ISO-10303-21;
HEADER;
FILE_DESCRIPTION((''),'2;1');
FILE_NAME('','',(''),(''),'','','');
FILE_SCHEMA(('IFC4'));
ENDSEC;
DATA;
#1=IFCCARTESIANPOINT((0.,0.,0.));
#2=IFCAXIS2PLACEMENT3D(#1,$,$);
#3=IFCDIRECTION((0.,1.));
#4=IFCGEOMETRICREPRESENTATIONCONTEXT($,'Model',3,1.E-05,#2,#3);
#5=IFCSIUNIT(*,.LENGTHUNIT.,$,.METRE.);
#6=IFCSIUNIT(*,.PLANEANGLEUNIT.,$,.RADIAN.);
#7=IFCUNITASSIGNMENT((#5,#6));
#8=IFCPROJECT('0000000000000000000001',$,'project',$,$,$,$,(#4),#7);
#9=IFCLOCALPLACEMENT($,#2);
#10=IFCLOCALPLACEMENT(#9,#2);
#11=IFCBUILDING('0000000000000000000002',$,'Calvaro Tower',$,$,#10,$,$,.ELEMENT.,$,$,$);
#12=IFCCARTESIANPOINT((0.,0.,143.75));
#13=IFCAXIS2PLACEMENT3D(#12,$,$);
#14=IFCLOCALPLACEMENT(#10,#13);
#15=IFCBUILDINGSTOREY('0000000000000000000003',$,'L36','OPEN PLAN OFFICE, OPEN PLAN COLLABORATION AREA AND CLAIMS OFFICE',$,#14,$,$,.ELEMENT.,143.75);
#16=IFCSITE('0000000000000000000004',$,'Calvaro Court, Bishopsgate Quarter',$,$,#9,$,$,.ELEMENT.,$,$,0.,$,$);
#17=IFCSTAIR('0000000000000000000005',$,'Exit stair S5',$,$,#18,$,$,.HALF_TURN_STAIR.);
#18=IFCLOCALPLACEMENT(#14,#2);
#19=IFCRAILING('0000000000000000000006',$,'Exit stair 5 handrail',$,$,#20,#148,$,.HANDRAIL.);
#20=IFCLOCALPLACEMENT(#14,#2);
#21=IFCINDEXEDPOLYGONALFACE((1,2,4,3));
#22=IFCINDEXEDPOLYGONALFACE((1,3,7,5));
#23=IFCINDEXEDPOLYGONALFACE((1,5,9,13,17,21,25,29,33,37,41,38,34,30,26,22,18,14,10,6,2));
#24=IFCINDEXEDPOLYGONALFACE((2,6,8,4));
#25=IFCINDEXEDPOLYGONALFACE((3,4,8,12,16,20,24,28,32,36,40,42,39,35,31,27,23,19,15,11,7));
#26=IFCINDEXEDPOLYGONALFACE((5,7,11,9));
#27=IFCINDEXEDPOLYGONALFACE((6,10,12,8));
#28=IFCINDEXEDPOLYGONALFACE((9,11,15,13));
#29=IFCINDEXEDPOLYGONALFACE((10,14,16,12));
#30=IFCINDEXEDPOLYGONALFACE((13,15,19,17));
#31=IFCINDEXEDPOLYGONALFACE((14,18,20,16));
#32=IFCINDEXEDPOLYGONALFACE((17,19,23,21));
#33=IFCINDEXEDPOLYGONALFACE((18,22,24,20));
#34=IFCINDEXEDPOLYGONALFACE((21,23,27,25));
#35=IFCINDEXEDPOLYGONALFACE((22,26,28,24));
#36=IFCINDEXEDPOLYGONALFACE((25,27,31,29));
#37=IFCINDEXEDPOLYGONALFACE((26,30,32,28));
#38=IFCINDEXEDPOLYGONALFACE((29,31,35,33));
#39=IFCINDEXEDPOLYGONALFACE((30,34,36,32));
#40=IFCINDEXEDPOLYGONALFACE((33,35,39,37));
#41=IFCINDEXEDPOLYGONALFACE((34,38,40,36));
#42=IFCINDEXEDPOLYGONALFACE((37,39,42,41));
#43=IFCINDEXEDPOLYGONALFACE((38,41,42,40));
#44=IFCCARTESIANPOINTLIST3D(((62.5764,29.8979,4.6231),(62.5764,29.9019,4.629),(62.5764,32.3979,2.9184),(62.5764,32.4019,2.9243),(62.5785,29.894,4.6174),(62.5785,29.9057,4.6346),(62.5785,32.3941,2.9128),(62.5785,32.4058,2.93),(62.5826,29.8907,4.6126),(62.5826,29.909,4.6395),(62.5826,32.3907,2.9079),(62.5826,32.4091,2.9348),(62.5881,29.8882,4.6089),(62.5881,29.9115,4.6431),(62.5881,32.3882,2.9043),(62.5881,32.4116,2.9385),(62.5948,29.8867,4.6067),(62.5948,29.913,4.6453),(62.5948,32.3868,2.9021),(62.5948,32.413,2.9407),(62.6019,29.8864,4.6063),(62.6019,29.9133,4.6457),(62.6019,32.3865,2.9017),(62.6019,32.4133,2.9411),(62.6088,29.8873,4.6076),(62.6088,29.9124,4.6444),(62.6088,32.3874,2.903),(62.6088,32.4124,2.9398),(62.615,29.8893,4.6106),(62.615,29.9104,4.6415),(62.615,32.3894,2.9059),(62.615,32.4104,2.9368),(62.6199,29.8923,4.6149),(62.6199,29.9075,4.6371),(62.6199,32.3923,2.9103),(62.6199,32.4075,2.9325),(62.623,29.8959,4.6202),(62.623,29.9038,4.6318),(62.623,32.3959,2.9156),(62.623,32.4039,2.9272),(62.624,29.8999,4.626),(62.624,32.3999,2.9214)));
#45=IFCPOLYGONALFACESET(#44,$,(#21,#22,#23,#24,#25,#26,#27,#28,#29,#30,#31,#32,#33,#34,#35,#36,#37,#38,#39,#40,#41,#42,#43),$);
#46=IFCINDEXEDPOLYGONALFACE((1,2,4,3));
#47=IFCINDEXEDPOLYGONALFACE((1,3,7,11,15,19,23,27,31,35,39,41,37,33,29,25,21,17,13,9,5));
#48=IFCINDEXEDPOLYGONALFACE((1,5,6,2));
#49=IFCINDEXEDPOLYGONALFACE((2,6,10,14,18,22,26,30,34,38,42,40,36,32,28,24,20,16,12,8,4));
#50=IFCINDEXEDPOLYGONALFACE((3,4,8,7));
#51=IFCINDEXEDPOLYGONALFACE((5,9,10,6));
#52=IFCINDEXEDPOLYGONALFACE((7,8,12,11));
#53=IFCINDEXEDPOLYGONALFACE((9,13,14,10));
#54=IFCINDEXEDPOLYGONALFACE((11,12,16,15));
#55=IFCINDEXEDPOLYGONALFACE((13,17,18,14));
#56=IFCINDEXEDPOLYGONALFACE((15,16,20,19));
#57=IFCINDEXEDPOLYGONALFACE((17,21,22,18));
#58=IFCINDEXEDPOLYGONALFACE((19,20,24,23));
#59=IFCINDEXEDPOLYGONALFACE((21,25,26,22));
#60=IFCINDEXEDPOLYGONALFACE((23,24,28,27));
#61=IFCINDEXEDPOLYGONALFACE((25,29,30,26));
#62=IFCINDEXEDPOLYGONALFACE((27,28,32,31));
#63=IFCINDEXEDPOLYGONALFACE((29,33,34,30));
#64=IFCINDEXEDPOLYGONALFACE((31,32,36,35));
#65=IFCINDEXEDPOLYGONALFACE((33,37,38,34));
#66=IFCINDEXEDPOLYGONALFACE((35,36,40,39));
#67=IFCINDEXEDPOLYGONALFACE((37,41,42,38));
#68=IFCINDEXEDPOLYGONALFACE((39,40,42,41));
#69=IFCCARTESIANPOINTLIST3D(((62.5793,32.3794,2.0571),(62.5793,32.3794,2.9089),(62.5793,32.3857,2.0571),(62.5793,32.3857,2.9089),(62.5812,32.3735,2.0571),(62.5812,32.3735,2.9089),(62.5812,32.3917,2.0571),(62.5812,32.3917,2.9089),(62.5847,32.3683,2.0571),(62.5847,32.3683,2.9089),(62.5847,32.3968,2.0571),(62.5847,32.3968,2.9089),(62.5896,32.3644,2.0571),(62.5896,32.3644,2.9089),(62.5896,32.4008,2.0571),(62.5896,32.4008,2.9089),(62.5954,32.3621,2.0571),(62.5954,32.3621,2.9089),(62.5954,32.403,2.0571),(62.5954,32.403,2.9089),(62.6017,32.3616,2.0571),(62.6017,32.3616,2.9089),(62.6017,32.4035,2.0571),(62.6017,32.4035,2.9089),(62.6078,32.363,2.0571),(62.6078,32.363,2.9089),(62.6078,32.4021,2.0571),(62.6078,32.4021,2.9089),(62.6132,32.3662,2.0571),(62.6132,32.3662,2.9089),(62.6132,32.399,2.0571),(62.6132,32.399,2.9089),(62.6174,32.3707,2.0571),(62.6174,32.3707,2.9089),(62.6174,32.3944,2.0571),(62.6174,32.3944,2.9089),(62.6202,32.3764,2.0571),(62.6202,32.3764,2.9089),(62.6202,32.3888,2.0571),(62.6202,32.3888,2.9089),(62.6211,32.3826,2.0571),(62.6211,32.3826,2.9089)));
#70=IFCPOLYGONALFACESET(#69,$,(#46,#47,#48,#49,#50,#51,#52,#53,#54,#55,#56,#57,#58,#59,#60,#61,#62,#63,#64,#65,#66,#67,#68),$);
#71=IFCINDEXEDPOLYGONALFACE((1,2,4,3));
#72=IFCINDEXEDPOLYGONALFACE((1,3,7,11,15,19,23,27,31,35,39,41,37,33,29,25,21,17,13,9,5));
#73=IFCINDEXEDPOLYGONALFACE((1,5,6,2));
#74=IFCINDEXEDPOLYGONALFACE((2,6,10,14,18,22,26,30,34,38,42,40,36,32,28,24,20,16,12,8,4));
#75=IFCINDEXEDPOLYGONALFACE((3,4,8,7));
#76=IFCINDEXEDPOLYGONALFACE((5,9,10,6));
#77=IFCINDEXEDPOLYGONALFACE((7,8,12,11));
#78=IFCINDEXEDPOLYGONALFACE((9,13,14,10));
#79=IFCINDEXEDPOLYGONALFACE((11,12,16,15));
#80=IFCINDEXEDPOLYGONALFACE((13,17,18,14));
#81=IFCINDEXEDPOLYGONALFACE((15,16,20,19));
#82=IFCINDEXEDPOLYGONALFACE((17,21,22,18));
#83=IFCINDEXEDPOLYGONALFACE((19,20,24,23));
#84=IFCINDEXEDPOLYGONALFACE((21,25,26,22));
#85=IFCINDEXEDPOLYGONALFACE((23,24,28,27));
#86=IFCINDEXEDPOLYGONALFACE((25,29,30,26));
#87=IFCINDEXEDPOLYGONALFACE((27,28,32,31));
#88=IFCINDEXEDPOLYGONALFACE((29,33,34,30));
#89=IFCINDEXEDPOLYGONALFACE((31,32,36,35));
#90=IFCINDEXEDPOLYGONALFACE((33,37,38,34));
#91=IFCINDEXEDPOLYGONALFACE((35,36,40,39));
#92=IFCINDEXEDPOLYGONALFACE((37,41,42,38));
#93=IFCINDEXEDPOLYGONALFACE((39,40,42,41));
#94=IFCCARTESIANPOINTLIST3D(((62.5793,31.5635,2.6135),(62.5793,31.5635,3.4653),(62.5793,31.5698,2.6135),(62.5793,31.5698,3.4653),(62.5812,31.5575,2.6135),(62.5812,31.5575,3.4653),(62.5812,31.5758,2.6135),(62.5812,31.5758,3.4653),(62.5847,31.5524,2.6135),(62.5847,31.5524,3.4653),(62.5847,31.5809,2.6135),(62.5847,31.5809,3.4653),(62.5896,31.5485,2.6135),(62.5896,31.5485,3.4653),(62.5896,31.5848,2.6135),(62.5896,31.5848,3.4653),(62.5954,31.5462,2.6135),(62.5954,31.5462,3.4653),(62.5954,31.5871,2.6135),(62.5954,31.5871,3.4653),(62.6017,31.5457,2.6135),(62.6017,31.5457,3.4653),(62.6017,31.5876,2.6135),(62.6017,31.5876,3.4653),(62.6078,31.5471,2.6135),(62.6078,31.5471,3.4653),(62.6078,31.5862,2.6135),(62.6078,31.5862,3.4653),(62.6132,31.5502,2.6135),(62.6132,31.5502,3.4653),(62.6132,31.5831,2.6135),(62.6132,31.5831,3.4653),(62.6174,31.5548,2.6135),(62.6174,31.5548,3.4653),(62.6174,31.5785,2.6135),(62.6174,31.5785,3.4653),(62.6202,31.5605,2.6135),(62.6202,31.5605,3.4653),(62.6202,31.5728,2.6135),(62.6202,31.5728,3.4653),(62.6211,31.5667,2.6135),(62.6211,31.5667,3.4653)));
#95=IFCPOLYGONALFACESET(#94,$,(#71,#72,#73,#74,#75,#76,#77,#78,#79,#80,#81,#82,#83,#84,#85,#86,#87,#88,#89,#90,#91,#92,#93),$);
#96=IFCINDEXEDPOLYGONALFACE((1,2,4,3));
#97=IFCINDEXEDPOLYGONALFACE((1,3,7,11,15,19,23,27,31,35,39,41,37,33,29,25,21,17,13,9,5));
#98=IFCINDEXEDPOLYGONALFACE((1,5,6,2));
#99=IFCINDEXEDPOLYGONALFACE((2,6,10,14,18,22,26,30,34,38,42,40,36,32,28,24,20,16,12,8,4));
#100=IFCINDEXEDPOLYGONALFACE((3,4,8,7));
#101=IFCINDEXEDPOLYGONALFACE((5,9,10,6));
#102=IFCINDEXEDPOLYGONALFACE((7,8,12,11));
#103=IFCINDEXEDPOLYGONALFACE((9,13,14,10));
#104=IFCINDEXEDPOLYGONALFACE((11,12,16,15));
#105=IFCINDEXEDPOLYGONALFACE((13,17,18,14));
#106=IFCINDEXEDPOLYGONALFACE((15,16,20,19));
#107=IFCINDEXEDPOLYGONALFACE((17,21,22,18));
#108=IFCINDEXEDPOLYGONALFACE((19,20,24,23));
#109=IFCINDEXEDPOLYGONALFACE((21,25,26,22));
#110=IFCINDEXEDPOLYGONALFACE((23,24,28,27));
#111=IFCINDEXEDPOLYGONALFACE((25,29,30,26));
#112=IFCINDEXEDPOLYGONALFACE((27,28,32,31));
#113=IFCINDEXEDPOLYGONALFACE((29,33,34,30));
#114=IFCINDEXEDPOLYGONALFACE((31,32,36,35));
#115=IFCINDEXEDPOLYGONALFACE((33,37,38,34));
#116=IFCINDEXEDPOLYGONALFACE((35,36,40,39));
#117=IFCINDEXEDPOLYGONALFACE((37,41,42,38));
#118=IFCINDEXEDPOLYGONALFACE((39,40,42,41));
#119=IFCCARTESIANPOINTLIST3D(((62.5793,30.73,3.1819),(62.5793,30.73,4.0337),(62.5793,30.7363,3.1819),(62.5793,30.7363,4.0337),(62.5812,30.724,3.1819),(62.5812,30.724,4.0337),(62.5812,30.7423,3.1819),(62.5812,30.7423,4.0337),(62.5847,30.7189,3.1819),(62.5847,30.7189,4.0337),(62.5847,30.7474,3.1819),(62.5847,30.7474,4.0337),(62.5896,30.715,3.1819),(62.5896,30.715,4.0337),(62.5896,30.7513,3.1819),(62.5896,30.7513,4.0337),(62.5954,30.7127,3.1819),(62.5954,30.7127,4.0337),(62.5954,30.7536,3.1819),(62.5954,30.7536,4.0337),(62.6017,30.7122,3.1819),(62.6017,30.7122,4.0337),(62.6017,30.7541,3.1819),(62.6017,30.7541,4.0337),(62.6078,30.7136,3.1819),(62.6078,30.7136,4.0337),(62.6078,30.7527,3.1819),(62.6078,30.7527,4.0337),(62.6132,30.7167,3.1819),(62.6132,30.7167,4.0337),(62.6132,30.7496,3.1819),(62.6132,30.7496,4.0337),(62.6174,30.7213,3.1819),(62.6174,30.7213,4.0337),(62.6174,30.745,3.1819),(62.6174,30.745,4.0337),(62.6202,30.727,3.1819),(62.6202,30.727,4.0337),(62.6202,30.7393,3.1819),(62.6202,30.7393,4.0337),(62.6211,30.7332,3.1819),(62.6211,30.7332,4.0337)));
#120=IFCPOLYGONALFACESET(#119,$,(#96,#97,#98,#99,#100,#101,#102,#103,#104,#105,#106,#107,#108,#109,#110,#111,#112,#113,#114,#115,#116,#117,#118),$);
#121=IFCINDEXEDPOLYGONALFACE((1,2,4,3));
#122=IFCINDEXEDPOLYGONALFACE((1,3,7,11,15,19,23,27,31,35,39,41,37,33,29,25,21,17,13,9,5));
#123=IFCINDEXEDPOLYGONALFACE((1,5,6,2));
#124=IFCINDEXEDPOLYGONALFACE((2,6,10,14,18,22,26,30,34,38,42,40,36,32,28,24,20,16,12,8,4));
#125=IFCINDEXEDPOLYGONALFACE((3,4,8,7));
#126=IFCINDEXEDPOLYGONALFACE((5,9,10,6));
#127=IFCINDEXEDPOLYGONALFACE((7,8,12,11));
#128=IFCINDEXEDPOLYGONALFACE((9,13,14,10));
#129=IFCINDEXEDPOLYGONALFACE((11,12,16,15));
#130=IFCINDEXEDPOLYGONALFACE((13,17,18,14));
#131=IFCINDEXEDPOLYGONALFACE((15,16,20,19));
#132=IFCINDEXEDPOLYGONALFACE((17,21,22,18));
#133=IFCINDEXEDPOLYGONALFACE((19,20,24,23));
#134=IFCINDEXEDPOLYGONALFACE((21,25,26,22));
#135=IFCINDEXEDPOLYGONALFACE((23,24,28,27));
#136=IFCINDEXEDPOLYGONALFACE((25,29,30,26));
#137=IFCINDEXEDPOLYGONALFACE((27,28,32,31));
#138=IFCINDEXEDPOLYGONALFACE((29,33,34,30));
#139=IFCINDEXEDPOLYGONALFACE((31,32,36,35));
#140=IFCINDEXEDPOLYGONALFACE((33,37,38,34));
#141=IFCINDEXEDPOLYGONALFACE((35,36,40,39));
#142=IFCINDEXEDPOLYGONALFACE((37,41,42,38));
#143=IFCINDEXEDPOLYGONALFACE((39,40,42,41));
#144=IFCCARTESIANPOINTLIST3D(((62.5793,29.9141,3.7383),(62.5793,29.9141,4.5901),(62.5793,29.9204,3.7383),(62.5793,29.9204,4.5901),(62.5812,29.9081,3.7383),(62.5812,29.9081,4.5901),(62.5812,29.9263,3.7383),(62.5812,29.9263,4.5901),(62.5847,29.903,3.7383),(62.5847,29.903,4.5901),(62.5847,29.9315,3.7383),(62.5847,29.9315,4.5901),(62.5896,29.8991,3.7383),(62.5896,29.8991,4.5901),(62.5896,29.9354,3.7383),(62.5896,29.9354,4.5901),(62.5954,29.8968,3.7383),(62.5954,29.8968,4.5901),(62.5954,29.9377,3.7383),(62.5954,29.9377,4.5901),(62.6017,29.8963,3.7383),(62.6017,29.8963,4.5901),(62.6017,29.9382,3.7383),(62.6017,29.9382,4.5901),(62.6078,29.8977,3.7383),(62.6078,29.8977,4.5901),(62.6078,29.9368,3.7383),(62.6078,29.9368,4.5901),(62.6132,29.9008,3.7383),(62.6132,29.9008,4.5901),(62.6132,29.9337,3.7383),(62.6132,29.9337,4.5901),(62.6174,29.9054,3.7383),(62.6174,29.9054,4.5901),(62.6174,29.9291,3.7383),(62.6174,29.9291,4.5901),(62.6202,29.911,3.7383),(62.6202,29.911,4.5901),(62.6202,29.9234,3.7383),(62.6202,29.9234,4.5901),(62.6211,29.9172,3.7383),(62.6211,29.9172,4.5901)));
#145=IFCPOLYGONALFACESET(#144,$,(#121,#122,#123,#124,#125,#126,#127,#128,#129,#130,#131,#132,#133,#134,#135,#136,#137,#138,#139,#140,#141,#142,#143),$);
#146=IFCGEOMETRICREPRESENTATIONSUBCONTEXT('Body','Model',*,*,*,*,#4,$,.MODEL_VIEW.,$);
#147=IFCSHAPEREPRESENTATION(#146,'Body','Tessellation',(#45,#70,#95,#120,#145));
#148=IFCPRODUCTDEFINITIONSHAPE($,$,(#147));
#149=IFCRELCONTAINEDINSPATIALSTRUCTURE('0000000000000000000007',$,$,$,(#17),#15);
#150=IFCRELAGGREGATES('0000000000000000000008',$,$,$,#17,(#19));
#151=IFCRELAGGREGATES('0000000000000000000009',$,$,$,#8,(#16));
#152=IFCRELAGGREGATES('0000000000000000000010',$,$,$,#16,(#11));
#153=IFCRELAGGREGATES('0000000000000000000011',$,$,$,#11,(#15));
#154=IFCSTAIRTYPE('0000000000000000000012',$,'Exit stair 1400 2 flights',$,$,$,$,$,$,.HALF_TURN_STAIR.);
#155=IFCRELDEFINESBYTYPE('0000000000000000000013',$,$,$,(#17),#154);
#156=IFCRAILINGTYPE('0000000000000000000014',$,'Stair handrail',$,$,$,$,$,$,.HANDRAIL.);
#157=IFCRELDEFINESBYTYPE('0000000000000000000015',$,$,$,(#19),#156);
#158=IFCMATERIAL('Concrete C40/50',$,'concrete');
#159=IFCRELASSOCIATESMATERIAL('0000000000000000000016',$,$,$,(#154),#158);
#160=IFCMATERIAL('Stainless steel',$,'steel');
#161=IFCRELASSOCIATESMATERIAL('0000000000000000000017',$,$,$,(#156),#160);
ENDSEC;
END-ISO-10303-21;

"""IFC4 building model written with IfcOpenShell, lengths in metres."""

from ifc_helpers import new_model, si_unit, direction, frame, origin, origin_2d, place, context, subcontext, project, spatial, circle, extrude, material, type_object, element, aggregate, save


model = new_model("IFC4")

# Units and contexts
model_context = context("Model", 3, precision=1e-05, world=origin(), true_north=direction((0.0, 1.0)))
body_context = subcontext(model_context, "Body", "Model", "MODEL_VIEW")
ifc_project = project(units=[si_unit("LENGTHUNIT", "METRE"), si_unit("PLANEANGLEUNIT", "RADIAN")], contexts=[model_context])

# Site, building, storey
site_placement = place(None, origin())
site = spatial("IfcSite", under=ifc_project, at=site_placement, Name="Calvaro Court, Bishopsgate Quarter", CompositionType="ELEMENT", RefElevation=0.0)
building_placement = place(site_placement, origin())
building = spatial("IfcBuilding", under=site, at=building_placement, Name="Calvaro Tower", CompositionType="ELEMENT")
storey_placement = place(building_placement, frame((0.0, 0.0, 143.75)))
storey = spatial("IfcBuildingStorey", under=building, at=storey_placement, Name="L36", Description="OPEN PLAN OFFICE, OPEN PLAN COLLABORATION AREA AND CLAIMS OFFICE", CompositionType="ELEMENT", Elevation=143.75)

# Stair
ifc_material_1 = material(Name="Concrete C40/50", Category="concrete")
stair_type = type_object("IfcStairType", Name="Exit stair 1400 2 flights", PredefinedType="HALF_TURN_STAIR", material=ifc_material_1)
stair_1_placement = place(storey_placement, origin())
stair_1 = element("IfcStair", 1, at=stair_1_placement, inside=storey, type_object=stair_type, Name="Exit stair S5", PredefinedType="HALF_TURN_STAIR")

# Shared definitions
ifc_material_2 = material(Name="Stainless steel", Category="steel")
railing_type = type_object("IfcRailingType", Name="Stair handrail", PredefinedType="HANDRAIL", material=ifc_material_2)

# Railing
railing_1_placement = place(storey_placement, frame((62.6001, 32.3999, 2.0454)))
railing_1 = element("IfcRailing", 2, at=railing_1_placement, type_object=railing_type, Name="Exit stair 5 handrail", PredefinedType="HANDRAIL", context=body_context, shape_type="SweptSolid", body=[
    extrude(circle(Radius=0.0239, at=origin_2d()), frame((0.0, 0.0, 0.876), z_axis=(0.0, -0.826221, 0.563347), x_axis=(1.0, 0.0, 0.0)), (0.0, 0.0, 1.0), 3.0259),
    extrude(circle(Radius=0.021, at=origin_2d()), frame((0.0, -0.0173, 0.0117)), (0.0, 0.0, 1.0), 0.8518),
    extrude(circle(Radius=0.021, at=origin_2d()), frame((0.0, -0.8333, 0.5681)), (0.0, 0.0, 1.0), 0.8518),
    extrude(circle(Radius=0.021, at=origin_2d()), frame((0.0, -1.6667, 1.1365)), (0.0, 0.0, 1.0), 0.8518),
    extrude(circle(Radius=0.021, at=origin_2d()), frame((0.0, -2.4827, 1.6929)), (0.0, 0.0, 1.0), 0.8518),
])
aggregate(stair_1, [railing_1])

save(model, "model.ifc")
